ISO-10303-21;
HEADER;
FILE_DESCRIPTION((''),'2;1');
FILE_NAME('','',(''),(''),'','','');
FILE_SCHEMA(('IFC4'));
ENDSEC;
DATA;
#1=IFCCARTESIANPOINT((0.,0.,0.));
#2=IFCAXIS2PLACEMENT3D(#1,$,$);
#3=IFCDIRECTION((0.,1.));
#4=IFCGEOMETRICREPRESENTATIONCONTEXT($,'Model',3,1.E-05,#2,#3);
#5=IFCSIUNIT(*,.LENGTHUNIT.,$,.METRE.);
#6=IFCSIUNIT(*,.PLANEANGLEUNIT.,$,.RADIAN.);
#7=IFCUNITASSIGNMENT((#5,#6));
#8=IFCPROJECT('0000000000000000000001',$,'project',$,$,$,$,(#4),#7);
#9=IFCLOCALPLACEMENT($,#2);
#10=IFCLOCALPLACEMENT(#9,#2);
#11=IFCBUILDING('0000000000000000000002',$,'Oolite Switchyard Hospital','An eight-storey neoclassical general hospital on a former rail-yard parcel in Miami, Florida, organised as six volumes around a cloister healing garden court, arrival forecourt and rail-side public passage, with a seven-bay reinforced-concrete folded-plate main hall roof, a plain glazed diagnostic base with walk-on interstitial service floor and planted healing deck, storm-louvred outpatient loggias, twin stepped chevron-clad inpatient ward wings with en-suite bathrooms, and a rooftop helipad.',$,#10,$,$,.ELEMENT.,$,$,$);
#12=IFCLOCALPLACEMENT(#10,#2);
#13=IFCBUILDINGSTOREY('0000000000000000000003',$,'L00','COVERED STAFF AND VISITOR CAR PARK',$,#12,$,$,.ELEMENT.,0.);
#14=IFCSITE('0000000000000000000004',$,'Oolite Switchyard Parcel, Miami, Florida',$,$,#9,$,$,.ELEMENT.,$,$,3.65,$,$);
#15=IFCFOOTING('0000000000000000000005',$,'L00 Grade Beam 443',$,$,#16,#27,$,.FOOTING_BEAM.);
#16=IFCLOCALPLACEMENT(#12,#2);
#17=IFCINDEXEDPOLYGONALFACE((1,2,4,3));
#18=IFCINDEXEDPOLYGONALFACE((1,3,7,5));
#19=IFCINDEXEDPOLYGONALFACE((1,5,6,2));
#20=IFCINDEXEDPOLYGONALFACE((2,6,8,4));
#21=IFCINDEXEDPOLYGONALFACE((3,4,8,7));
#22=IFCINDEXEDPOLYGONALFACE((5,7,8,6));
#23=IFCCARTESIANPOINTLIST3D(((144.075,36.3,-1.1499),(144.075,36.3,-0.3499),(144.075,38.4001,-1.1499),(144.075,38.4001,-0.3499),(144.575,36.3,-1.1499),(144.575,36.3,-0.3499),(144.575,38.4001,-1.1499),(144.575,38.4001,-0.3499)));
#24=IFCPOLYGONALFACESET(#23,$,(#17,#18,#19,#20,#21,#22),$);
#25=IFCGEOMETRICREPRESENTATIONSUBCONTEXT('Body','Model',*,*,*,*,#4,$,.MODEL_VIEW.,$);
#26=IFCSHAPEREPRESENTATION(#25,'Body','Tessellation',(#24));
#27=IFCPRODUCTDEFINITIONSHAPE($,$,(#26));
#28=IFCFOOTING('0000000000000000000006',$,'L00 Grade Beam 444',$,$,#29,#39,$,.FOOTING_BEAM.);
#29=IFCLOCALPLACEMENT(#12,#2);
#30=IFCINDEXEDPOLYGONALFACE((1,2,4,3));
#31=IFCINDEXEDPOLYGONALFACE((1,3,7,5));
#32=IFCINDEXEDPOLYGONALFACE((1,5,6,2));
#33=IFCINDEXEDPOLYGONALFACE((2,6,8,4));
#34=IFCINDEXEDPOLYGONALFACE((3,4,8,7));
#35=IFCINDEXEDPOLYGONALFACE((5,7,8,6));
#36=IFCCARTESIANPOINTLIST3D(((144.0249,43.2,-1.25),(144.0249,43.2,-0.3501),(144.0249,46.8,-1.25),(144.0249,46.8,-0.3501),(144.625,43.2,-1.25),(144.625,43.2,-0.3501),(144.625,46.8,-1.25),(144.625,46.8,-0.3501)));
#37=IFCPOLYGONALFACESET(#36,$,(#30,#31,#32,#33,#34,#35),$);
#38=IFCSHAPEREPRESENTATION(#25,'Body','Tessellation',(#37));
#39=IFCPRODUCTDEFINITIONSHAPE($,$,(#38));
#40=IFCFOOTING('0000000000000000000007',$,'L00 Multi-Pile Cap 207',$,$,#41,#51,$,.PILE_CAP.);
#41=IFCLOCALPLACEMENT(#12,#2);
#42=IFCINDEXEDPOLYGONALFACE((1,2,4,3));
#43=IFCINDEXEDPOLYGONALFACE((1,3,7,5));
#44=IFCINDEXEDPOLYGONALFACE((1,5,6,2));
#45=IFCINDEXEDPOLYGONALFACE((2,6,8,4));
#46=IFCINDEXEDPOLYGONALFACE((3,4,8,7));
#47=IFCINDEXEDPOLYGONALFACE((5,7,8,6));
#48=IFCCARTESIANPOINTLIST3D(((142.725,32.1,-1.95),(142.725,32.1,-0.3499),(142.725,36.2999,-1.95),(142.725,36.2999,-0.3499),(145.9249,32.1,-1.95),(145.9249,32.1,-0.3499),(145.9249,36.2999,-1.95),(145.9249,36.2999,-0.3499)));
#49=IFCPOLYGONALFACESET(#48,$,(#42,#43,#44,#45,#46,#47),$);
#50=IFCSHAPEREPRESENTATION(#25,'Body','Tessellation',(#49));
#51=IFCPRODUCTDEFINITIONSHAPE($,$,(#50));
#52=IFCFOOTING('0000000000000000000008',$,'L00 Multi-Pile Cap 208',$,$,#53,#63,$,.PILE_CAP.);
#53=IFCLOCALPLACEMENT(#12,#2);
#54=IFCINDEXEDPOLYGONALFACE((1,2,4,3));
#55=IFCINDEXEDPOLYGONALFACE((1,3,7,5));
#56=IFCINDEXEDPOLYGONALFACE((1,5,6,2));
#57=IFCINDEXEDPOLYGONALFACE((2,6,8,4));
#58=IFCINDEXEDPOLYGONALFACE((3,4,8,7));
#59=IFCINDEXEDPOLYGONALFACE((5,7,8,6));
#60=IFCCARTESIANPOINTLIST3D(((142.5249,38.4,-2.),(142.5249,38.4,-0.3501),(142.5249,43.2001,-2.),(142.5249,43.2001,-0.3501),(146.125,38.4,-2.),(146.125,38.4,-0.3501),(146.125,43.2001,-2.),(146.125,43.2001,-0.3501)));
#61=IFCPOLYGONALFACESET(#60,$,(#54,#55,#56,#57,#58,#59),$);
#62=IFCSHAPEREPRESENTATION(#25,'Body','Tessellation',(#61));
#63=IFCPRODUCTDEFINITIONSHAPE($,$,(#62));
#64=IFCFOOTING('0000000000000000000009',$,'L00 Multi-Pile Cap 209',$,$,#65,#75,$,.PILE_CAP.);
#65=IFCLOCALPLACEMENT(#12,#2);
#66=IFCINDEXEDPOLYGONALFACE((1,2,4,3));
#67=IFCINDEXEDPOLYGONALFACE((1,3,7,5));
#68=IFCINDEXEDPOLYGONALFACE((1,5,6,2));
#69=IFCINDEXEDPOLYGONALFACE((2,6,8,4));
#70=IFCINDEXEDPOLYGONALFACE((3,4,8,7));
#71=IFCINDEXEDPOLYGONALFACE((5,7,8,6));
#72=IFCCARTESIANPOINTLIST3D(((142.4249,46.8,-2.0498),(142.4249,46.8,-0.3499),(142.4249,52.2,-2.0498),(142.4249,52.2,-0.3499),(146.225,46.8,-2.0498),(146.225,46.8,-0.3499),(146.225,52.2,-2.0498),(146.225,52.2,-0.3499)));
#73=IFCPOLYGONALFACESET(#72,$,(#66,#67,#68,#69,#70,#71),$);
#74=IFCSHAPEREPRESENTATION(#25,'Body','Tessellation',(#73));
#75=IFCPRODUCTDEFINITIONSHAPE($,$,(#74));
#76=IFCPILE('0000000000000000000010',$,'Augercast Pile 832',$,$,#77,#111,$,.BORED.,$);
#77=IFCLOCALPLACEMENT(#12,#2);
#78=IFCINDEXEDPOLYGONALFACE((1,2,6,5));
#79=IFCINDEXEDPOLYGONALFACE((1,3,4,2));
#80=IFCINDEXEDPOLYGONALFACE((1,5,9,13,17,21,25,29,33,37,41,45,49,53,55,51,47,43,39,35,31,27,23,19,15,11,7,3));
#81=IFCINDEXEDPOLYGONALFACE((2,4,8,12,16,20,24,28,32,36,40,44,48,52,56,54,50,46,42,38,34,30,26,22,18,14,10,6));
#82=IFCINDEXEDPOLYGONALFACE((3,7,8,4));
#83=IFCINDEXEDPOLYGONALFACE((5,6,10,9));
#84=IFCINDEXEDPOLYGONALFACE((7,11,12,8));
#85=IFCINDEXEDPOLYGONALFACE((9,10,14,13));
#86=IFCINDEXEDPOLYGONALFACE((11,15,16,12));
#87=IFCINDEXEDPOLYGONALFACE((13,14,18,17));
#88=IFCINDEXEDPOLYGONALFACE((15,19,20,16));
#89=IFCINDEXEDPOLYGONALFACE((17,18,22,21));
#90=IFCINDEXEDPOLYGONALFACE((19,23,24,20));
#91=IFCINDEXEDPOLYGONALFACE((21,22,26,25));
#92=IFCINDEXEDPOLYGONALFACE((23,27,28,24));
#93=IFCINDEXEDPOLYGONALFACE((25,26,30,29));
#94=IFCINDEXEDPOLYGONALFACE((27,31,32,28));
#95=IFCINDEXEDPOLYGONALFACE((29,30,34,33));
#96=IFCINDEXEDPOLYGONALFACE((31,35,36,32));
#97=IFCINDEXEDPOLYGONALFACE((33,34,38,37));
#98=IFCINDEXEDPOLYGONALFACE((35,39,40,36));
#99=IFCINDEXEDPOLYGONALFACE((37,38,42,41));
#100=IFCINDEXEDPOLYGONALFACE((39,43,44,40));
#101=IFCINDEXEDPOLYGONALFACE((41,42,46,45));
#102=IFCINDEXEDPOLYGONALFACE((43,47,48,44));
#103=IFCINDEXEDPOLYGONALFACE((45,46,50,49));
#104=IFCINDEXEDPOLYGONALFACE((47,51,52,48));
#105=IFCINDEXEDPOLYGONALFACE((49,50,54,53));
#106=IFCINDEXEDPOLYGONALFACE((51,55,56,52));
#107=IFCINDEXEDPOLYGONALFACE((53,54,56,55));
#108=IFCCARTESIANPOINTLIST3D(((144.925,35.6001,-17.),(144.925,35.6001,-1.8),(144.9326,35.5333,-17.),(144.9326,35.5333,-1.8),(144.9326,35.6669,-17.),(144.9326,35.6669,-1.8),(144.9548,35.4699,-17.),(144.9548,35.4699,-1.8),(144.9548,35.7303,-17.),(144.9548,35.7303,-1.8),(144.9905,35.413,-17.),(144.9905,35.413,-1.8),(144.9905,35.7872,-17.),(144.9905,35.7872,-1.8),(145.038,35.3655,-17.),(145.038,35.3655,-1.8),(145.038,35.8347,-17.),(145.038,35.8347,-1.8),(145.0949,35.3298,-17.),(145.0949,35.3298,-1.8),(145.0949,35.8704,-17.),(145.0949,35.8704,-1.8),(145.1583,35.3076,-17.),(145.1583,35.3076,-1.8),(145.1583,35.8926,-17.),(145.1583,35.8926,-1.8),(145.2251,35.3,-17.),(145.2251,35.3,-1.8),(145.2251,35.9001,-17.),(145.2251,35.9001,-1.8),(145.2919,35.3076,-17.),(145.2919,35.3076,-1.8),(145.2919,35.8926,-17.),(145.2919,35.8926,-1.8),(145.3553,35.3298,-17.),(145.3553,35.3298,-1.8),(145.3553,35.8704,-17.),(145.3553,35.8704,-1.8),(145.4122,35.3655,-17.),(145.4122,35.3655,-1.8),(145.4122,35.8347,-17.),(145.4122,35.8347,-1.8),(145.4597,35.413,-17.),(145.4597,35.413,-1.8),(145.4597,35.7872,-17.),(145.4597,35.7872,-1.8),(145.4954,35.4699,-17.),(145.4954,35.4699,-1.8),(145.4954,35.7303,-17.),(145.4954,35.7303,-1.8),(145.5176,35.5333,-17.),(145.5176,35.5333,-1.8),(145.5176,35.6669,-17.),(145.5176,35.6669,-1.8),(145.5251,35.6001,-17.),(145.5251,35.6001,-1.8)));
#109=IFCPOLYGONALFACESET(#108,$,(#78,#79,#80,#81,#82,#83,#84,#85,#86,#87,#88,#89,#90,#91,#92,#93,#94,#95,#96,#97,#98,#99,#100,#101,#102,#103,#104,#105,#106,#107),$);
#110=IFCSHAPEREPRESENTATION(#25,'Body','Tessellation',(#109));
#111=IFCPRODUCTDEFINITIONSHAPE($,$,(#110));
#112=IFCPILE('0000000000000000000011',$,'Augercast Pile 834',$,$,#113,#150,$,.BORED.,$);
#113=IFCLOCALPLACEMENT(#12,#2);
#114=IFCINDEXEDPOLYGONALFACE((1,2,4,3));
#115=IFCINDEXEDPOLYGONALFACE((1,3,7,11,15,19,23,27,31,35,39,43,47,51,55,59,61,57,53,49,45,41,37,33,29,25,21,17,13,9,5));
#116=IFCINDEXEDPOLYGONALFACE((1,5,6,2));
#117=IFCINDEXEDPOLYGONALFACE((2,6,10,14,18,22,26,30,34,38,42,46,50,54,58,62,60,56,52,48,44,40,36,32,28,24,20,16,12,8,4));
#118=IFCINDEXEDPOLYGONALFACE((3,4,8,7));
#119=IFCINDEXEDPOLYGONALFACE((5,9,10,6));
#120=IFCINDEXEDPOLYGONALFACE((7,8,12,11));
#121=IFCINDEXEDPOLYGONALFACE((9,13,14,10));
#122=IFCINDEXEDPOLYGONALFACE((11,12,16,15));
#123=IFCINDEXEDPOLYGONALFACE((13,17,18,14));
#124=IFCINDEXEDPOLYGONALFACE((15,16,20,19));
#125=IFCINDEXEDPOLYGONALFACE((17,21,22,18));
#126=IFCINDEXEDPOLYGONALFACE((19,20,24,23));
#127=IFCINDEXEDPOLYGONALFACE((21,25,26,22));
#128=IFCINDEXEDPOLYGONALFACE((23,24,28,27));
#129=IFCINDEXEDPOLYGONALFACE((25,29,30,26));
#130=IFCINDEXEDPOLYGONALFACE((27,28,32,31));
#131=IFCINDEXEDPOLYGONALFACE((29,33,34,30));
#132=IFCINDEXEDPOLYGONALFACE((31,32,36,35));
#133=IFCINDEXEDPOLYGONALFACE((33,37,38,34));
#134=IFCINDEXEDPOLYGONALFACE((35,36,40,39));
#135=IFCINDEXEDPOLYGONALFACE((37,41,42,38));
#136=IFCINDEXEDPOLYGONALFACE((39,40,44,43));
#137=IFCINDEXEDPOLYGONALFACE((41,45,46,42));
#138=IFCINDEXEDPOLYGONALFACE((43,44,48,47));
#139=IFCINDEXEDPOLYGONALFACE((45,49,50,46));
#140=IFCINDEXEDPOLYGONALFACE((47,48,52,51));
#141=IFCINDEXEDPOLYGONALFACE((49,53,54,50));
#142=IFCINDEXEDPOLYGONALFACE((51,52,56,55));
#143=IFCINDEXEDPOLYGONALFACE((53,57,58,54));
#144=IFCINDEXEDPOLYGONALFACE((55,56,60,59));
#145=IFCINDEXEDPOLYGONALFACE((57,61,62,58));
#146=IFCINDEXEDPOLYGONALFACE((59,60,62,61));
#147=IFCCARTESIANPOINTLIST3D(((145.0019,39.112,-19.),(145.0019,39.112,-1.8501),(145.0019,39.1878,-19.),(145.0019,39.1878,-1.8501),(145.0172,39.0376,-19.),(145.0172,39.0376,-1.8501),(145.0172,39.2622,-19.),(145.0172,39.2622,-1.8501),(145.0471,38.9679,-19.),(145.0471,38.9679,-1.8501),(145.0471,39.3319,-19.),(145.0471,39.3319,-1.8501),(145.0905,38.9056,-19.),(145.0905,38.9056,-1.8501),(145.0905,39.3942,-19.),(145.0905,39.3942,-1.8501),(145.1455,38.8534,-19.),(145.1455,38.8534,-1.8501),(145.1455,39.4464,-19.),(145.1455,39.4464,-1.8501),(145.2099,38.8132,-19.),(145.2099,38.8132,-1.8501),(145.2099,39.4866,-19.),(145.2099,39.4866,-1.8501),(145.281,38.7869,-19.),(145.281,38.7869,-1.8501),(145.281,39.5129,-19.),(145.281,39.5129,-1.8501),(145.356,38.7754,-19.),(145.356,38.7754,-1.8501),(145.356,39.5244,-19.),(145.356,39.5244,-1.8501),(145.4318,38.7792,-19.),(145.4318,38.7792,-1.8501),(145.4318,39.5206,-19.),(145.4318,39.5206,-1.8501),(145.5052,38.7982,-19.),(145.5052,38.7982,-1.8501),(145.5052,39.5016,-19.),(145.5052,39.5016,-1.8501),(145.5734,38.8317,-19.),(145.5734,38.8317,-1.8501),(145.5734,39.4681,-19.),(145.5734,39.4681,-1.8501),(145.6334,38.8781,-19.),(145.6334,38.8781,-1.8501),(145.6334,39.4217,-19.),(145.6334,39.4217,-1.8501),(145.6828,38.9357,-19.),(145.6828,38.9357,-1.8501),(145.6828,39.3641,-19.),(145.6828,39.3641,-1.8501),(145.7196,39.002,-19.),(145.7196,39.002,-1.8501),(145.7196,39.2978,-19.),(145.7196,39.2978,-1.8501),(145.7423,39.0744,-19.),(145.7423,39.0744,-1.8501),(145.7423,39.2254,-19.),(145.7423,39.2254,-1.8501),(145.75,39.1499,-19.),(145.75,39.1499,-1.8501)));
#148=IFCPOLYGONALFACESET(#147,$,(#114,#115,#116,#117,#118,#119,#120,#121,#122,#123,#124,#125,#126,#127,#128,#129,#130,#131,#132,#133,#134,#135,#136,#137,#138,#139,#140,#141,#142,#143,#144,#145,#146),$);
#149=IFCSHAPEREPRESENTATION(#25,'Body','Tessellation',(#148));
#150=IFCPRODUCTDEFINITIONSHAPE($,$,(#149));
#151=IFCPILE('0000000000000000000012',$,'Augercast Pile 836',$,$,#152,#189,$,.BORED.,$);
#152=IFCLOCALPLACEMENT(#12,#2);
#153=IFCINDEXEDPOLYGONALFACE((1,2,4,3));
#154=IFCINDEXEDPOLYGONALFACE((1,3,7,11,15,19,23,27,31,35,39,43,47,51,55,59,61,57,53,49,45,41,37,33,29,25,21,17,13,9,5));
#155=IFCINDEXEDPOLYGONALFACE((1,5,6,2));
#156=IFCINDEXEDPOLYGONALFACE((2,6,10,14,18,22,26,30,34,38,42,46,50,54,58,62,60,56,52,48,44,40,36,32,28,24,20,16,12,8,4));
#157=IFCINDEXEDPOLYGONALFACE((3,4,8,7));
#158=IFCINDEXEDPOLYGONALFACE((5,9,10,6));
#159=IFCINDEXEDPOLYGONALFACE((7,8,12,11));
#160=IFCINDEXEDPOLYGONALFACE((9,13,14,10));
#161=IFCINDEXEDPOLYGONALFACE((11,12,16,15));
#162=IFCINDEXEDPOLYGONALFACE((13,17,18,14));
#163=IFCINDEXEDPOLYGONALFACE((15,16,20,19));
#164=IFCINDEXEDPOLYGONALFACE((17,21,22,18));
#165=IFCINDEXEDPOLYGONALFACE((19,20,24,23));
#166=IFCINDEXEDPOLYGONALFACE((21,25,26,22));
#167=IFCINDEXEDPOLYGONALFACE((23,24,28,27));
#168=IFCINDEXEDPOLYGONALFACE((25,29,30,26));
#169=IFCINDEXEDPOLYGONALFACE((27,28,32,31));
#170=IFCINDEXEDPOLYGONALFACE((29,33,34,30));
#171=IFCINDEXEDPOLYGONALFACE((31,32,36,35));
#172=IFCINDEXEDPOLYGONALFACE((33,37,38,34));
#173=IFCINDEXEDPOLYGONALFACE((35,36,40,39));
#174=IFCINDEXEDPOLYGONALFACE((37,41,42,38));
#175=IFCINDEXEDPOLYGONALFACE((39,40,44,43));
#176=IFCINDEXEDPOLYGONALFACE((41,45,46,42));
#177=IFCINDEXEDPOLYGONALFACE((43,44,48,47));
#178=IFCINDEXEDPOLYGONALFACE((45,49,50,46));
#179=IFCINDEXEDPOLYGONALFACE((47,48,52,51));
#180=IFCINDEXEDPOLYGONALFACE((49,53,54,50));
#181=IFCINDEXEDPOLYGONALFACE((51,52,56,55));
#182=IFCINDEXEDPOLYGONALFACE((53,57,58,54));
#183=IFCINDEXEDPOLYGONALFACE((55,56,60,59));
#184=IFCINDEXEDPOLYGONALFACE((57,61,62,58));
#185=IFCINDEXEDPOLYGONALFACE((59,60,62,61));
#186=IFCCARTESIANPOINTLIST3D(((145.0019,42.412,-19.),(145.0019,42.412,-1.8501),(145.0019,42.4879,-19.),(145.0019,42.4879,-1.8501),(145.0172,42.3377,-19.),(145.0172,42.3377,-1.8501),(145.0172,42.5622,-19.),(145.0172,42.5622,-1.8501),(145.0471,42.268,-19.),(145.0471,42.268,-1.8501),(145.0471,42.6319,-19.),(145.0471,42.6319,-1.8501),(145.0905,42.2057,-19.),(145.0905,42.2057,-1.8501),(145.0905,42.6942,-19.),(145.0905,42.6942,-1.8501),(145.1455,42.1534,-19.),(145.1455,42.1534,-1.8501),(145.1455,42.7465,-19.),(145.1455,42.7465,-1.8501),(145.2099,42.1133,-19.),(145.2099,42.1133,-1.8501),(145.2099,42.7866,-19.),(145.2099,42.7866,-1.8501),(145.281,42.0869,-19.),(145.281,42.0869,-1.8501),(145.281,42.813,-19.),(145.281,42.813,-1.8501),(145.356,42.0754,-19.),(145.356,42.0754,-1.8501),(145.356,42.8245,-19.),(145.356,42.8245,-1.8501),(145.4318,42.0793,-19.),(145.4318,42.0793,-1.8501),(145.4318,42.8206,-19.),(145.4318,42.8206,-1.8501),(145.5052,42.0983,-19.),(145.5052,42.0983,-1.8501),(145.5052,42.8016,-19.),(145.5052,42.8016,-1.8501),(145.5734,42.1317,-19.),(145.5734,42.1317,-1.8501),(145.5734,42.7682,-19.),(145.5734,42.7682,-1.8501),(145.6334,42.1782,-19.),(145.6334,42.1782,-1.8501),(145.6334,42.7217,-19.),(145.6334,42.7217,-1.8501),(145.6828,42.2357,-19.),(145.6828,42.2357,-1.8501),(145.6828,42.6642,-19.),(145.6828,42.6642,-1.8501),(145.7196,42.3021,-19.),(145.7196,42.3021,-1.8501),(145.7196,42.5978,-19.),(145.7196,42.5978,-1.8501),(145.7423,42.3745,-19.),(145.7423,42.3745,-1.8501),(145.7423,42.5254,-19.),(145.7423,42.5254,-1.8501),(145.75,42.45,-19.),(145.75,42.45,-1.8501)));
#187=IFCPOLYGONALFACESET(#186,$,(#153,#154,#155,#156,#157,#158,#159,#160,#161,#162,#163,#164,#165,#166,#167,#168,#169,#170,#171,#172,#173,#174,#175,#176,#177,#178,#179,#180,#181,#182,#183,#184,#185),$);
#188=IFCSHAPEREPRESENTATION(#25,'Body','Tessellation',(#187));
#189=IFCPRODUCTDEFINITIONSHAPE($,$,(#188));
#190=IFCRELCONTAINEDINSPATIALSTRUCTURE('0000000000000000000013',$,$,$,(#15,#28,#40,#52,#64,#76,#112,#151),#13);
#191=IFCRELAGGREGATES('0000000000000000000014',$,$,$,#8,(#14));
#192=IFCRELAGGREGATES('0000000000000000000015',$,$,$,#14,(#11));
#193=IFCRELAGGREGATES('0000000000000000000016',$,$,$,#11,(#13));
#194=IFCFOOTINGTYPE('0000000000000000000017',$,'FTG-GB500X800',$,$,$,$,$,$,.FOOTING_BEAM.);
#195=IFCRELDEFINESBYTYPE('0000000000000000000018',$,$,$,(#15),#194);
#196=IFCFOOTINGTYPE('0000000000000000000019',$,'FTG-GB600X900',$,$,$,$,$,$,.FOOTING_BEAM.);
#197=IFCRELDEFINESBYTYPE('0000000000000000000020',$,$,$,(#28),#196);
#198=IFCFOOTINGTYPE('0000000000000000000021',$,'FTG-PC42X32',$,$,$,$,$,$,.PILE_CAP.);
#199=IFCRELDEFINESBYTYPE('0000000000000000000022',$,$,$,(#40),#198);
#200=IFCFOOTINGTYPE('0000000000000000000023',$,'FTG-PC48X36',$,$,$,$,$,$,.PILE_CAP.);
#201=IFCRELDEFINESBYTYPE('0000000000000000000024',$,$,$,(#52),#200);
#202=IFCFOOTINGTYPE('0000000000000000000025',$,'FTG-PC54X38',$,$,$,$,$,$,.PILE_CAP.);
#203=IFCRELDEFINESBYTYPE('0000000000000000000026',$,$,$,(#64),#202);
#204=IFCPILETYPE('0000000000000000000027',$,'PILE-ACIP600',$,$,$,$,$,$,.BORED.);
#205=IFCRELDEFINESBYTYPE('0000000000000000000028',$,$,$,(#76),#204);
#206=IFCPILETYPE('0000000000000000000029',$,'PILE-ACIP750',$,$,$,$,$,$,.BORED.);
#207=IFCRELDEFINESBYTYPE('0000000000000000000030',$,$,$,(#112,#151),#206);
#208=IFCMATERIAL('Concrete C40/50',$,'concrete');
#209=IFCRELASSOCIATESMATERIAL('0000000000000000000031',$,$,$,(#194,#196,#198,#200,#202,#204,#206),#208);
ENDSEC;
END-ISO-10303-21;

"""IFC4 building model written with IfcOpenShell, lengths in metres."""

from ifc_helpers import new_model, si_unit, direction, frame, origin, origin_2d, place, context, subcontext, project, spatial, rectangle, circle, extrude, material, material_profile, profile_set, type_object, element, save


model = new_model("IFC4")

# Units and contexts
model_context = context("Model", 3, precision=1e-05, world=origin(), true_north=direction((0.0, 1.0)))
body_context = subcontext(model_context, "Body", "Model", "MODEL_VIEW")
ifc_project = project(units=[si_unit("LENGTHUNIT", "METRE"), si_unit("PLANEANGLEUNIT", "RADIAN")], contexts=[model_context])

# Site, building, storey
site_placement = place(None, origin())
site = spatial("IfcSite", under=ifc_project, at=site_placement, Name="Oolite Switchyard Parcel, Miami, Florida", CompositionType="ELEMENT", RefElevation=3.65)
building_placement = place(site_placement, origin())
building = spatial("IfcBuilding", under=site, at=building_placement, Name="Oolite Switchyard Hospital", Description="An eight-storey neoclassical general hospital on a former rail-yard parcel in Miami, Florida, organised as six volumes around a cloister healing garden court, arrival forecourt and rail-side public passage, with a seven-bay reinforced-concrete folded-plate main hall roof, a plain glazed diagnostic base with walk-on interstitial service floor and planted healing deck, storm-louvred outpatient loggias, twin stepped chevron-clad inpatient ward wings with en-suite bathrooms, and a rooftop helipad.", CompositionType="ELEMENT")
storey_placement = place(building_placement, origin())
storey = spatial("IfcBuildingStorey", under=building, at=storey_placement, Name="L00", Description="COVERED STAFF AND VISITOR CAR PARK", CompositionType="ELEMENT", Elevation=0.0)

# Footings
ifc_material_1 = material(Name="Concrete C40/50", Category="concrete")
footing_type_1 = type_object("IfcFootingType", Name="FTG-GB500X800", PredefinedType="FOOTING_BEAM", material=ifc_material_1)
footing_1_placement = place(storey_placement, frame((144.325, 37.3501, -1.1499), z_axis=(0.0, 0.0, 1.0), x_axis=(0.0, 1.0, 0.0)))
element("IfcFooting", 1, at=footing_1_placement, inside=storey, type_object=footing_type_1, Name="L00 Grade Beam 443", PredefinedType="FOOTING_BEAM", context=body_context, shape_type="SweptSolid", body=[
    extrude(rectangle(XDim=2.1001, YDim=0.5, at=origin_2d()), origin(), (0.0, 0.0, 1.0), 0.8),
])
footing_type_2 = type_object("IfcFootingType", Name="FTG-GB600X900", PredefinedType="FOOTING_BEAM", material=ifc_material_1)
footing_2_placement = place(storey_placement, frame((144.325, 45.0, -1.25), z_axis=(0.0, 0.0, 1.0), x_axis=(0.0, 1.0, 0.0)))
element("IfcFooting", 2, at=footing_2_placement, inside=storey, type_object=footing_type_2, Name="L00 Grade Beam 444", PredefinedType="FOOTING_BEAM", context=body_context, shape_type="SweptSolid", body=[
    extrude(rectangle(XDim=3.6001, YDim=0.6001, at=origin_2d()), origin(), (0.0, 0.0, 1.0), 0.8999),
])
footing_type_3 = type_object("IfcFootingType", Name="FTG-PC42X32", PredefinedType="PILE_CAP", material=ifc_material_1)
footing_3_placement = place(storey_placement, frame((144.325, 34.2, -1.95), z_axis=(0.0, 0.0, 1.0), x_axis=(0.0, 1.0, 0.0)))
element("IfcFooting", 3, at=footing_3_placement, inside=storey, type_object=footing_type_3, Name="L00 Multi-Pile Cap 207", PredefinedType="PILE_CAP", context=body_context, shape_type="SweptSolid", body=[
    extrude(rectangle(XDim=4.2, YDim=3.2, at=origin_2d()), origin(), (0.0, 0.0, 1.0), 1.6001),
])
footing_type_4 = type_object("IfcFootingType", Name="FTG-PC48X36", PredefinedType="PILE_CAP", material=ifc_material_1)
footing_4_placement = place(storey_placement, frame((144.325, 40.8, -2.0), z_axis=(0.0, 0.0, 1.0), x_axis=(0.0, 1.0, 0.0)))
element("IfcFooting", 4, at=footing_4_placement, inside=storey, type_object=footing_type_4, Name="L00 Multi-Pile Cap 208", PredefinedType="PILE_CAP", context=body_context, shape_type="SweptSolid", body=[
    extrude(rectangle(XDim=4.8, YDim=3.6001, at=origin_2d()), origin(), (0.0, 0.0, 1.0), 1.6499),
])
footing_type_5 = type_object("IfcFootingType", Name="FTG-PC54X38", PredefinedType="PILE_CAP", material=ifc_material_1)
footing_5_placement = place(storey_placement, frame((144.325, 49.5, -2.0498), z_axis=(0.0, 0.0, 1.0), x_axis=(0.0, 1.0, 0.0)))
element("IfcFooting", 5, at=footing_5_placement, inside=storey, type_object=footing_type_5, Name="L00 Multi-Pile Cap 209", PredefinedType="PILE_CAP", context=body_context, shape_type="SweptSolid", body=[
    extrude(rectangle(XDim=5.3999, YDim=3.8, at=origin_2d()), origin(), (0.0, 0.0, 1.0), 1.7),
])

# Piles
ifc_material_profile_1 = material_profile(ifc_material_1, circle(Radius=0.3, at=origin_2d()), Name="PILE600")
ifc_profile_set_1 = profile_set([ifc_material_profile_1], Name="Concrete C40/50")
pile_type_1 = type_object("IfcPileType", Name="PILE-ACIP600", PredefinedType="BORED", material=ifc_profile_set_1)
pile_placement = place(storey_placement, frame((145.2251, 35.6001, -1.8), z_axis=(0.0, 0.0, -1.0), x_axis=(1.0, 0.0, 0.0)))
element("IfcPile", 6, at=pile_placement, inside=storey, type_object=pile_type_1, Name="Augercast Pile 832", PredefinedType="BORED", context=body_context, shape_type="SweptSolid", body=[
    extrude(circle(Radius=0.3, at=origin_2d()), origin(), (0.0, 0.0, 1.0), 15.2),
])
ifc_material_profile_2 = material_profile(ifc_material_1, circle(Radius=0.375, at=origin_2d()), Name="PILE750")
ifc_profile_set_2 = profile_set([ifc_material_profile_2], Name="Concrete C40/50")
pile_type_2 = type_object("IfcPileType", Name="PILE-ACIP750", PredefinedType="BORED", material=ifc_profile_set_2)
for number, where, z_axis, x_axis, name in (
    (7, (145.375, 39.1499, -1.8501), (0.0, 0.0, -1.0), (1.0, 0.0, 0.0), "Augercast Pile 834"),
    (8, (145.375, 42.45, -1.8501), (0.0, 0.0, -1.0), (1.0, 0.0, 0.0), "Augercast Pile 836"),
):
    element("IfcPile", number, at=place(storey_placement, frame(where, z_axis=z_axis, x_axis=x_axis)), inside=storey, type_object=pile_type_2, Name=name, PredefinedType="BORED", context=body_context, shape_type="SweptSolid", body=[
        extrude(circle(Radius=0.375, at=origin_2d()), origin(), (0.0, 0.0, 1.0), 17.1499),
    ])

save(model, "model.ifc")
